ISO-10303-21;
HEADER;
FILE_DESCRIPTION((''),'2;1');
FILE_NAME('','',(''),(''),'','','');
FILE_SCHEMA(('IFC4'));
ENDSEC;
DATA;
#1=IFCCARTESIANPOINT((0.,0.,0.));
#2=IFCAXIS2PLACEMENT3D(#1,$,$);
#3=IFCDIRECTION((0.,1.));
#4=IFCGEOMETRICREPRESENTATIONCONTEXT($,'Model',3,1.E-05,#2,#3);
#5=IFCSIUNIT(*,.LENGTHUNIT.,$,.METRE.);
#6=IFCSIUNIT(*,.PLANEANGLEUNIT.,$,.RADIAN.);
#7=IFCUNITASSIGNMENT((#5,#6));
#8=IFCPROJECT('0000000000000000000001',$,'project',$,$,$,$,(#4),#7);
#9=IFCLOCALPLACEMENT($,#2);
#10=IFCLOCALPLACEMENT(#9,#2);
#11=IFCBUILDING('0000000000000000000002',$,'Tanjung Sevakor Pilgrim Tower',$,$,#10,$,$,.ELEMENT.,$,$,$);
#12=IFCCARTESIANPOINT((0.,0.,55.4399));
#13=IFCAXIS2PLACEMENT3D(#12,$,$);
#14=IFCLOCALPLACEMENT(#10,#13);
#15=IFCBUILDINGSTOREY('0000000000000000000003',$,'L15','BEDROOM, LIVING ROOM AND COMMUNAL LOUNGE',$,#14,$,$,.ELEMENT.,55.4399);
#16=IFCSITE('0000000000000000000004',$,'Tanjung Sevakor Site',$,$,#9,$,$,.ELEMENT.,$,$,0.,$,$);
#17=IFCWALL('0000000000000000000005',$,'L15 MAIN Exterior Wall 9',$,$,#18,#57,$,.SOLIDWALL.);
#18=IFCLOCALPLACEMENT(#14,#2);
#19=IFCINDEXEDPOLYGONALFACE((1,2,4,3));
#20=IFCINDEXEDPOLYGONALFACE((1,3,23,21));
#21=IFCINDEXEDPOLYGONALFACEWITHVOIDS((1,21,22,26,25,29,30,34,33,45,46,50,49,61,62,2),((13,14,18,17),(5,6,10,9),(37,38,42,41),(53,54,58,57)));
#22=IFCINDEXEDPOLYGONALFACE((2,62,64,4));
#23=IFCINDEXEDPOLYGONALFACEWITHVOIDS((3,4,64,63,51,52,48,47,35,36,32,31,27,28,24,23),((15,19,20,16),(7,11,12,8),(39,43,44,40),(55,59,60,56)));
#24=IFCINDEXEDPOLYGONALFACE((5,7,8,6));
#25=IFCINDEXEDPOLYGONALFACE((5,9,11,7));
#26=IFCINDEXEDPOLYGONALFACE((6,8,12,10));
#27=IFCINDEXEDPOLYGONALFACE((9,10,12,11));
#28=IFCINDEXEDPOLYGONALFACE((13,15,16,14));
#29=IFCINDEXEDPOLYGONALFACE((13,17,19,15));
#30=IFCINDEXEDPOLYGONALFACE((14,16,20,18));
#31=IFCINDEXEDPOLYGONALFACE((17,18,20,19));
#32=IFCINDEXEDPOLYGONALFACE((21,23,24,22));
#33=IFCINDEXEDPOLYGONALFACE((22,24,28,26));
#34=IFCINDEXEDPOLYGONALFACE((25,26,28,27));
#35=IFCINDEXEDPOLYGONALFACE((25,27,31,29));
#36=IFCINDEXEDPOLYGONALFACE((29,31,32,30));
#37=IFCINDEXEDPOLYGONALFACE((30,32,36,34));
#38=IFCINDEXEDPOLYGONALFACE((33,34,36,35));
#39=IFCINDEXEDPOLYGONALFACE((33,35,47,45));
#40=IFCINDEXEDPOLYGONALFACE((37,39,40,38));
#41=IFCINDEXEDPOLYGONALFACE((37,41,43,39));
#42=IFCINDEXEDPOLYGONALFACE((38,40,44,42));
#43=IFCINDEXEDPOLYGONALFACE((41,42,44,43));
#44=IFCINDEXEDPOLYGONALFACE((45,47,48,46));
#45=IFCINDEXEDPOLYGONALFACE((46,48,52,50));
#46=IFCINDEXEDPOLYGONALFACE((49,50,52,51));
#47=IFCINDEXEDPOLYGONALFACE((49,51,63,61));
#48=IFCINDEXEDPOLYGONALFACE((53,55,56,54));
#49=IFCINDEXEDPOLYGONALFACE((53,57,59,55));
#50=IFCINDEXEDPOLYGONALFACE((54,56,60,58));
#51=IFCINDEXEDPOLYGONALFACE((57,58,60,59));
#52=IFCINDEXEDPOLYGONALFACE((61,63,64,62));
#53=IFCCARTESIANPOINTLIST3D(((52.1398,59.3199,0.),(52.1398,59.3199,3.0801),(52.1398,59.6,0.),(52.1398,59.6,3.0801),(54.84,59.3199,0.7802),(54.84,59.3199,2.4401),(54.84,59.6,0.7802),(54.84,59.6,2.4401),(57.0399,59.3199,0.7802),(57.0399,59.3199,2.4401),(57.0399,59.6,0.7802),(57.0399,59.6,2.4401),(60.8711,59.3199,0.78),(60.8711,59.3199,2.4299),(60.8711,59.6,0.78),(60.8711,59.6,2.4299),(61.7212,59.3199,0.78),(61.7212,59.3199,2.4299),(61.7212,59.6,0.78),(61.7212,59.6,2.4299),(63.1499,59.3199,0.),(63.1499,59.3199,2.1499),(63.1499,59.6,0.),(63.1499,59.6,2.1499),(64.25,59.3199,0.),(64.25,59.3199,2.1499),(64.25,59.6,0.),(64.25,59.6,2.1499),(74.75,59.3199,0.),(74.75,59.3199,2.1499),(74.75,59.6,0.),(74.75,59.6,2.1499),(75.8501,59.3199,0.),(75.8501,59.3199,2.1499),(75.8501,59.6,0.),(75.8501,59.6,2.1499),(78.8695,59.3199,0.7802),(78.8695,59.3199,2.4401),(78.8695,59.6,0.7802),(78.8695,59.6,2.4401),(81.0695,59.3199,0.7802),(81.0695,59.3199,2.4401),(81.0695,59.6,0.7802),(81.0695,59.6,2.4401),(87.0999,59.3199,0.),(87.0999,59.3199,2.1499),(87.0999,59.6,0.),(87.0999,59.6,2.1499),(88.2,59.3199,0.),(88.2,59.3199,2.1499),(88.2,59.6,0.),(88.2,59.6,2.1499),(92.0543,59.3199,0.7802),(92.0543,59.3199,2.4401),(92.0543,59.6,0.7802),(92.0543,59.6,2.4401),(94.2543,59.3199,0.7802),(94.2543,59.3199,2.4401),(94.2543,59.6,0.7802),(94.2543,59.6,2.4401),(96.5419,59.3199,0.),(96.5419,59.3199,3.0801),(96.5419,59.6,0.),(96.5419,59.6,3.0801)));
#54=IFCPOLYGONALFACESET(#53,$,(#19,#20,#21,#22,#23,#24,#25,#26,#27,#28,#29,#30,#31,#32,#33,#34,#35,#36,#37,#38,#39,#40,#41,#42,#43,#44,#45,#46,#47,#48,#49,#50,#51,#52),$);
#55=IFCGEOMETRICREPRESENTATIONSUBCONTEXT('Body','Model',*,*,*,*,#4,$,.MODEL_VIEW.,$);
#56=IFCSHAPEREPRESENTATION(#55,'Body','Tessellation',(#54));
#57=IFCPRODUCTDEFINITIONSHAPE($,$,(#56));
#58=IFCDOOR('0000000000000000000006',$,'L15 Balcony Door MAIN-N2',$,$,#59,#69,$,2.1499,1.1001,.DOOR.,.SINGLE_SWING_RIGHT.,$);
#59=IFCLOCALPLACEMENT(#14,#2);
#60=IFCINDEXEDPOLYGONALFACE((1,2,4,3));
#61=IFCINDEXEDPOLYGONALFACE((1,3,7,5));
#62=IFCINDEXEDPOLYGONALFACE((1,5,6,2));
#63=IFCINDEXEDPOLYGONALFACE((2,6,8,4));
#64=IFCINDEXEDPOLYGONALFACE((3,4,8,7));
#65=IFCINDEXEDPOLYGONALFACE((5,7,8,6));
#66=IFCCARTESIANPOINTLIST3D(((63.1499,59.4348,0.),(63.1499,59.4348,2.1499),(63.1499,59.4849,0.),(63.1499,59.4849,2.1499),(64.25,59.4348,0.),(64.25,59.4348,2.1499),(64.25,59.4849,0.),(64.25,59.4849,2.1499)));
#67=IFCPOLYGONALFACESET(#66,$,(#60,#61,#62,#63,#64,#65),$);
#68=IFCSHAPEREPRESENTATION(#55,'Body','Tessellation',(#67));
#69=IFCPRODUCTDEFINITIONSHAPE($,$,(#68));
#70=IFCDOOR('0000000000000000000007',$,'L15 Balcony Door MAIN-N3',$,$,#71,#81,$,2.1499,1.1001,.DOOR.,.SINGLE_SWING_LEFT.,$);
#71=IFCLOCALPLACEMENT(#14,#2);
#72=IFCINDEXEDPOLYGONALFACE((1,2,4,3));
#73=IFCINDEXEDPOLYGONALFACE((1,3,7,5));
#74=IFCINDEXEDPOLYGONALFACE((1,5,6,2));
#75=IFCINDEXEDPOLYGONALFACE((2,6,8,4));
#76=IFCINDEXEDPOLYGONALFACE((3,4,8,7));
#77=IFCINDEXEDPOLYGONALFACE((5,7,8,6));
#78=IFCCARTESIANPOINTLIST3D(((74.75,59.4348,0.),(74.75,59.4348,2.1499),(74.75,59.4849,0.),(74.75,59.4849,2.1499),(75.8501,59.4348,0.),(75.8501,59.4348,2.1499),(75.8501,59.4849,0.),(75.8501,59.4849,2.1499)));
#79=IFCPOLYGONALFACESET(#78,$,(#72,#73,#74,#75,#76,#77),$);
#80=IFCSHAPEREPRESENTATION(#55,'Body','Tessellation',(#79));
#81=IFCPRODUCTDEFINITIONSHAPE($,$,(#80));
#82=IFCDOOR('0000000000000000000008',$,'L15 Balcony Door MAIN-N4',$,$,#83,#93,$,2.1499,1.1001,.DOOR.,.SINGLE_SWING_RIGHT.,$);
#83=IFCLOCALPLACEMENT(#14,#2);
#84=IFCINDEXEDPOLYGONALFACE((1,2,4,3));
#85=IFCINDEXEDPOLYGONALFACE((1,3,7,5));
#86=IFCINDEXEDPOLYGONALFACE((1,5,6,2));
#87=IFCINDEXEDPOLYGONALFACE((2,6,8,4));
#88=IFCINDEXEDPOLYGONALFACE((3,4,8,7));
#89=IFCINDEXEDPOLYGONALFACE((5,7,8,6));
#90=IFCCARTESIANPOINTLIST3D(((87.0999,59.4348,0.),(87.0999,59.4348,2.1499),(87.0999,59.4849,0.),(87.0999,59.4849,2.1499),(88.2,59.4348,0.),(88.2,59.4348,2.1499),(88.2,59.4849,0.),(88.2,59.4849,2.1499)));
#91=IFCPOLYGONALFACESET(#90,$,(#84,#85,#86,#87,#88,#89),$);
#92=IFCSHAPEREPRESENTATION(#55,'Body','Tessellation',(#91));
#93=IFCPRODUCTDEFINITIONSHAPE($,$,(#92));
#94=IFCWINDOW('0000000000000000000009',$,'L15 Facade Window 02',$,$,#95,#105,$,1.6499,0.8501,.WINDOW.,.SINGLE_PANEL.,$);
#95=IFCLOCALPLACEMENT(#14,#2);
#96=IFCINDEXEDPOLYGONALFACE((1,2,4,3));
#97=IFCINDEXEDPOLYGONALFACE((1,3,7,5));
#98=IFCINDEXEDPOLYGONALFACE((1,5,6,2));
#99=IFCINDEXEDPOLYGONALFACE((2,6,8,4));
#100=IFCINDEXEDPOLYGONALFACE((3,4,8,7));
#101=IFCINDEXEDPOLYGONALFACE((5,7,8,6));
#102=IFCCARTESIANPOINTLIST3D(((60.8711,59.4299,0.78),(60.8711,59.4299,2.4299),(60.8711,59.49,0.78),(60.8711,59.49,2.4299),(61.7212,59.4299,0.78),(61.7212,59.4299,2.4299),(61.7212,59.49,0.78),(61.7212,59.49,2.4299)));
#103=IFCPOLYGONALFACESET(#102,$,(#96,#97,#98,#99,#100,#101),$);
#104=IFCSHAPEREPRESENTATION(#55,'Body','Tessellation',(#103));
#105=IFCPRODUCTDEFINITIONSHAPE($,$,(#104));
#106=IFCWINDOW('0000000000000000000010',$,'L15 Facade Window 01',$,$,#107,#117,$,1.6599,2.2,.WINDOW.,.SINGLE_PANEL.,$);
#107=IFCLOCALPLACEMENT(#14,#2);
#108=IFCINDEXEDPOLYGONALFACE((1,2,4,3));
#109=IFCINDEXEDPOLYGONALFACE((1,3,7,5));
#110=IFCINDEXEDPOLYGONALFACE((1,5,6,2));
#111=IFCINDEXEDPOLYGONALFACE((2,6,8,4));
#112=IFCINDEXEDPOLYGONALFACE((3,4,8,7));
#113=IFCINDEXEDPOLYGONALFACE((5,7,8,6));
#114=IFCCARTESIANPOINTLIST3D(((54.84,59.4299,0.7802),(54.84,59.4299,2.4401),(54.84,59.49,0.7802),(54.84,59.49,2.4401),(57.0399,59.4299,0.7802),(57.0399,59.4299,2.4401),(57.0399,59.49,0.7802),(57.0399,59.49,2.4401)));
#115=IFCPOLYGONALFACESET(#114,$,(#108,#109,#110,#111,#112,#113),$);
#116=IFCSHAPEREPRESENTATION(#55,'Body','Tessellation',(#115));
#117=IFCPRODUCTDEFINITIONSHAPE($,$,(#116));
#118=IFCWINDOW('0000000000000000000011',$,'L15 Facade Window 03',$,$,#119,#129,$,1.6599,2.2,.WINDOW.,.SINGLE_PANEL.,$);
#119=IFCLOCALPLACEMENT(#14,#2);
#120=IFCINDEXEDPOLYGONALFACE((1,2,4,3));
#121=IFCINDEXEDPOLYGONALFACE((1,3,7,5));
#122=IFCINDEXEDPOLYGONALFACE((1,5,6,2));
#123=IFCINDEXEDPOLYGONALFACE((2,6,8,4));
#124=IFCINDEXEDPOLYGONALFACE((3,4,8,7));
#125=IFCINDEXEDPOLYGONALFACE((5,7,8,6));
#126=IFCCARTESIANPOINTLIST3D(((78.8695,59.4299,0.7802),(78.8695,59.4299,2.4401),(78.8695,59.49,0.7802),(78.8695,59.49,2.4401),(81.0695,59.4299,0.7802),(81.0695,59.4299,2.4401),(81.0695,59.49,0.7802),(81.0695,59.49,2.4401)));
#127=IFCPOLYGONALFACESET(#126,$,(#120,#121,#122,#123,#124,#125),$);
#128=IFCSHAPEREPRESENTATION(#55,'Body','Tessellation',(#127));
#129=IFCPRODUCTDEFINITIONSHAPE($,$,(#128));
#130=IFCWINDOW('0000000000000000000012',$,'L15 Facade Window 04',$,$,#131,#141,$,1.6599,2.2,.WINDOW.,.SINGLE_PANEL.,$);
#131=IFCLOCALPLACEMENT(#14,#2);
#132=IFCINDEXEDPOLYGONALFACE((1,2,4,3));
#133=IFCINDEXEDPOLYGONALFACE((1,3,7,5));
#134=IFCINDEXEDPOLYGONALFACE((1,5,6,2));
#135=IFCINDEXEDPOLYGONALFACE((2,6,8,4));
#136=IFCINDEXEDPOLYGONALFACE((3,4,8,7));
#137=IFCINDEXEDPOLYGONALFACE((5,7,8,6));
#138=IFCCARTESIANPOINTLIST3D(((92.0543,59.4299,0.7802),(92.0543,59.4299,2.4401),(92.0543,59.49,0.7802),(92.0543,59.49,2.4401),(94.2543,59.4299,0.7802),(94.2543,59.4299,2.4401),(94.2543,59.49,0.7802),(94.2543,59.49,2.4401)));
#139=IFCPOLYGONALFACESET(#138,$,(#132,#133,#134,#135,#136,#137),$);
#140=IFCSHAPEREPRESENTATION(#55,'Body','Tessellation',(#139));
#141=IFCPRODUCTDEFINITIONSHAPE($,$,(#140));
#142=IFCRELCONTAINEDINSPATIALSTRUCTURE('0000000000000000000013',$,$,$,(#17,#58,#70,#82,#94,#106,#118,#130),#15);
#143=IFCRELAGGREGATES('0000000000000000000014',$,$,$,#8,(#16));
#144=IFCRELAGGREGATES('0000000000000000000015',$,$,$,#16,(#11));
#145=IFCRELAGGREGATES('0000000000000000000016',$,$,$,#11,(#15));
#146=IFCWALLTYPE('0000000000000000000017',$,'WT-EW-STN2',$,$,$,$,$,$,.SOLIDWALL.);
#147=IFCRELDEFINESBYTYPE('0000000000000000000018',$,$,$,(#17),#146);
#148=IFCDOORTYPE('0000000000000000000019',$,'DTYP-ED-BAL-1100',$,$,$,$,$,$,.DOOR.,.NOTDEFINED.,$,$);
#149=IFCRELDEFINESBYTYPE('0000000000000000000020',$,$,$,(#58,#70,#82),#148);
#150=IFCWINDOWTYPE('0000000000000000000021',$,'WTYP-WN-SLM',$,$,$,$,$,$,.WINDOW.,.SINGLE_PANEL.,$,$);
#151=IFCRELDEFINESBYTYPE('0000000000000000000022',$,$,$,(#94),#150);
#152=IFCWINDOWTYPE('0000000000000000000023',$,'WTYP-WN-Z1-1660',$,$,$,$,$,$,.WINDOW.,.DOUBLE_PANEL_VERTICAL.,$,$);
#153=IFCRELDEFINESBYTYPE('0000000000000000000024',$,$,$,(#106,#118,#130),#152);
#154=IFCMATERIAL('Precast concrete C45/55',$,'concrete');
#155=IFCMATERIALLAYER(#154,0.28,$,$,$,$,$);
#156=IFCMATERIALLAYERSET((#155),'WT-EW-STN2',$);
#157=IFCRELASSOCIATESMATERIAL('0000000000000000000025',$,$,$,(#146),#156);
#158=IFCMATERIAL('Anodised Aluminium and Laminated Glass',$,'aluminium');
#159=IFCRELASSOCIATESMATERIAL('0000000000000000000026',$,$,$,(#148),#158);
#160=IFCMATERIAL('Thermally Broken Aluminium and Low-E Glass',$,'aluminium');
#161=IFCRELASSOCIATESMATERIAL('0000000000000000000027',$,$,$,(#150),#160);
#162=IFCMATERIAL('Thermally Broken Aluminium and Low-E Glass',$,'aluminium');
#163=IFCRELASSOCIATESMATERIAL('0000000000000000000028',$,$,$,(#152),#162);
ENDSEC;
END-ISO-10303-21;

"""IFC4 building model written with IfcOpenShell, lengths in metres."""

from ifc_helpers import new_model, si_unit, direction, frame, frame_2d, origin, place, context, subcontext, project, spatial, rectangle, extrude, material, layer, layer_set, type_object, element, fill, save


model = new_model("IFC4")

# Units and contexts
model_context = context("Model", 3, precision=1e-05, world=origin(), true_north=direction((0.0, 1.0)))
body_context = subcontext(model_context, "Body", "Model", "MODEL_VIEW")
ifc_project = project(units=[si_unit("LENGTHUNIT", "METRE"), si_unit("PLANEANGLEUNIT", "RADIAN")], contexts=[model_context])

# Site, building, storey
site_placement = place(None, origin())
site = spatial("IfcSite", under=ifc_project, at=site_placement, Name="Tanjung Sevakor Site", CompositionType="ELEMENT", RefElevation=0.0)
building_placement = place(site_placement, origin())
building = spatial("IfcBuilding", under=site, at=building_placement, Name="Tanjung Sevakor Pilgrim Tower", CompositionType="ELEMENT")
storey_placement = place(building_placement, frame((0.0, 0.0, 55.4399)))
storey = spatial("IfcBuildingStorey", under=building, at=storey_placement, Name="L15", Description="BEDROOM, LIVING ROOM AND COMMUNAL LOUNGE", CompositionType="ELEMENT", Elevation=55.4399)

# Wall, openings, doors, windows
ifc_material_1 = material(Name="Precast concrete C45/55", Category="concrete")
ifc_layer_1 = layer(ifc_material_1, 0.28)
ifc_layer_set_1 = layer_set([ifc_layer_1], Name="WT-EW-STN2")
wall_type_1 = type_object("IfcWallType", Name="WT-EW-STN2", PredefinedType="SOLIDWALL", material=ifc_layer_set_1)
wall_1_placement = place(storey_placement, frame((96.542, 59.46, 0.0), z_axis=(0.0, 0.0, 1.0), x_axis=(-1.0, 0.0, 0.0)))
wall_1 = element("IfcWall", 1, at=wall_1_placement, inside=storey, type_object=wall_type_1, Name="L15 MAIN Exterior Wall 9", PredefinedType="SOLIDWALL", context=body_context, shape_type="SweptSolid", body=[
    extrude(rectangle(XDim=44.4021, YDim=0.28, at=frame_2d((22.2012, 0.0))), origin(), (0.0, 0.0, 1.0), 3.0801),
])
opening_1_placement = place(wall_1_placement, frame((32.292, 0.0, 0.0)))
opening_1 = element("IfcOpeningElement", 2, at=opening_1_placement, cuts=wall_1, PredefinedType="OPENING", context=body_context, shape_type="SweptSolid", body=[
    extrude(rectangle(XDim=1.1001, YDim=2.1499, at=frame_2d((0.55, 1.075))), frame((0.0, 0.1499, 0.0), z_axis=(0.0, -1.0, 0.0), x_axis=(1.0, 0.0, 0.0)), (0.0, 0.0, 1.0), 0.3),
])
opening_2_placement = place(wall_1_placement, frame((20.6919, 0.0, 0.0)))
opening_2 = element("IfcOpeningElement", 3, at=opening_2_placement, cuts=wall_1, PredefinedType="OPENING", context=body_context, shape_type="SweptSolid", body=[
    extrude(rectangle(XDim=1.1001, YDim=2.1499, at=frame_2d((0.55, 1.075))), frame((0.0, 0.1499, 0.0), z_axis=(0.0, -1.0, 0.0), x_axis=(1.0, 0.0, 0.0)), (0.0, 0.0, 1.0), 0.3),
])
opening_3_placement = place(wall_1_placement, frame((8.342, 0.0, 0.0)))
opening_3 = element("IfcOpeningElement", 4, at=opening_3_placement, cuts=wall_1, PredefinedType="OPENING", context=body_context, shape_type="SweptSolid", body=[
    extrude(rectangle(XDim=1.1001, YDim=2.1499, at=frame_2d((0.55, 1.075))), frame((0.0, 0.1499, 0.0), z_axis=(0.0, -1.0, 0.0), x_axis=(1.0, 0.0, 0.0)), (0.0, 0.0, 1.0), 0.3),
])
opening_4_placement = place(wall_1_placement, frame((39.502, 0.0, 0.78)))
opening_4 = element("IfcOpeningElement", 5, at=opening_4_placement, cuts=wall_1, PredefinedType="OPENING", context=body_context, shape_type="SweptSolid", body=[
    extrude(rectangle(XDim=2.2, YDim=1.6599, at=frame_2d((1.1001, 0.8301))), frame((0.0, 0.1499, 0.0), z_axis=(0.0, -1.0, 0.0), x_axis=(1.0, 0.0, 0.0)), (0.0, 0.0, 1.0), 0.3),
])
opening_5_placement = place(wall_1_placement, frame((34.8208, 0.0, 0.78)))
opening_5 = element("IfcOpeningElement", 6, at=opening_5_placement, cuts=wall_1, PredefinedType="OPENING", context=body_context, shape_type="SweptSolid", body=[
    extrude(rectangle(XDim=0.8501, YDim=1.6499, at=frame_2d((0.425, 0.825))), frame((0.0, 0.1499, 0.0), z_axis=(0.0, -1.0, 0.0), x_axis=(1.0, 0.0, 0.0)), (0.0, 0.0, 1.0), 0.3),
])
opening_6_placement = place(wall_1_placement, frame((15.4724, 0.0, 0.78)))
opening_6 = element("IfcOpeningElement", 7, at=opening_6_placement, cuts=wall_1, PredefinedType="OPENING", context=body_context, shape_type="SweptSolid", body=[
    extrude(rectangle(XDim=2.2, YDim=1.6599, at=frame_2d((1.1001, 0.8301))), frame((0.0, 0.1499, 0.0), z_axis=(0.0, -1.0, 0.0), x_axis=(1.0, 0.0, 0.0)), (0.0, 0.0, 1.0), 0.3),
])
opening_7_placement = place(wall_1_placement, frame((2.2876, 0.0, 0.78)))
opening_7 = element("IfcOpeningElement", 8, at=opening_7_placement, cuts=wall_1, PredefinedType="OPENING", context=body_context, shape_type="SweptSolid", body=[
    extrude(rectangle(XDim=2.2, YDim=1.6599, at=frame_2d((1.1001, 0.8301))), frame((0.0, 0.1499, 0.0), z_axis=(0.0, -1.0, 0.0), x_axis=(1.0, 0.0, 0.0)), (0.0, 0.0, 1.0), 0.3),
])
ifc_material_2 = material(Name="Anodised Aluminium and Laminated Glass", Category="aluminium")
door_type_1 = type_object("IfcDoorType", Name="DTYP-ED-BAL-1100", OperationType="NOTDEFINED", PredefinedType="DOOR", material=ifc_material_2)
door_1_placement = place(opening_1_placement, frame((1.1001, 0.0, 0.0), z_axis=(0.0, 0.0, 1.0), x_axis=(-1.0, 0.0, 0.0)))
door_1 = element("IfcDoor", 9, at=door_1_placement, inside=storey, type_object=door_type_1, Name="L15 Balcony Door MAIN-N2", OperationType="SINGLE_SWING_RIGHT", OverallHeight=2.1499, OverallWidth=1.1001, PredefinedType="DOOR", context=body_context, shape_type="SweptSolid", body=[
    extrude(rectangle(XDim=1.1001, YDim=2.1499, at=frame_2d((0.55, 1.075))), frame((0.0, 0.0249, 0.0), z_axis=(0.0, -1.0, 0.0), x_axis=(1.0, 0.0, 0.0)), (0.0, 0.0, 1.0), 0.05),
])
fill(opening_1, door_1)
door_2_placement = place(opening_2_placement, frame((1.1001, 0.0, 0.0), z_axis=(0.0, 0.0, 1.0), x_axis=(-1.0, 0.0, 0.0)))
door_2 = element("IfcDoor", 10, at=door_2_placement, inside=storey, type_object=door_type_1, Name="L15 Balcony Door MAIN-N3", OperationType="SINGLE_SWING_LEFT", OverallHeight=2.1499, OverallWidth=1.1001, PredefinedType="DOOR", context=body_context, shape_type="SweptSolid", body=[
    extrude(rectangle(XDim=1.1001, YDim=2.1499, at=frame_2d((0.55, 1.075))), frame((0.0, 0.0249, 0.0), z_axis=(0.0, -1.0, 0.0), x_axis=(1.0, 0.0, 0.0)), (0.0, 0.0, 1.0), 0.05),
])
fill(opening_2, door_2)
door_3_placement = place(opening_3_placement, frame((1.1001, 0.0, 0.0), z_axis=(0.0, 0.0, 1.0), x_axis=(-1.0, 0.0, 0.0)))
door_3 = element("IfcDoor", 11, at=door_3_placement, inside=storey, type_object=door_type_1, Name="L15 Balcony Door MAIN-N4", OperationType="SINGLE_SWING_RIGHT", OverallHeight=2.1499, OverallWidth=1.1001, PredefinedType="DOOR", context=body_context, shape_type="SweptSolid", body=[
    extrude(rectangle(XDim=1.1001, YDim=2.1499, at=frame_2d((0.55, 1.075))), frame((0.0, 0.0249, 0.0), z_axis=(0.0, -1.0, 0.0), x_axis=(1.0, 0.0, 0.0)), (0.0, 0.0, 1.0), 0.05),
])
fill(opening_3, door_3)
ifc_material_3 = material(Name="Thermally Broken Aluminium and Low-E Glass", Category="aluminium")
window_type_1 = type_object("IfcWindowType", Name="WTYP-WN-SLM", PartitioningType="SINGLE_PANEL", PredefinedType="WINDOW", material=ifc_material_3)
window_1_placement = place(opening_5_placement, origin())
window_1 = element("IfcWindow", 12, at=window_1_placement, inside=storey, type_object=window_type_1, Name="L15 Facade Window 02", OverallHeight=1.6499, OverallWidth=0.8501, PartitioningType="SINGLE_PANEL", PredefinedType="WINDOW", context=body_context, shape_type="SweptSolid", body=[
    extrude(rectangle(XDim=0.8501, YDim=1.6499, at=frame_2d((0.425, 0.825))), frame((0.0, 0.03, 0.0), z_axis=(0.0, -1.0, 0.0), x_axis=(1.0, 0.0, 0.0)), (0.0, 0.0, 1.0), 0.0601),
])
fill(opening_5, window_1)
ifc_material_4 = material(Name="Thermally Broken Aluminium and Low-E Glass", Category="aluminium")
window_type_2 = type_object("IfcWindowType", Name="WTYP-WN-Z1-1660", PartitioningType="DOUBLE_PANEL_VERTICAL", PredefinedType="WINDOW", material=ifc_material_4)
window_2_placement = place(opening_4_placement, origin())
window_2 = element("IfcWindow", 13, at=window_2_placement, inside=storey, type_object=window_type_2, Name="L15 Facade Window 01", OverallHeight=1.6599, OverallWidth=2.2, PartitioningType="SINGLE_PANEL", PredefinedType="WINDOW", context=body_context, shape_type="SweptSolid", body=[
    extrude(rectangle(XDim=2.2, YDim=1.6599, at=frame_2d((1.1001, 0.8301))), frame((0.0, 0.03, 0.0), z_axis=(0.0, -1.0, 0.0), x_axis=(1.0, 0.0, 0.0)), (0.0, 0.0, 1.0), 0.0601),
])
fill(opening_4, window_2)
window_3_placement = place(opening_6_placement, origin())
window_3 = element("IfcWindow", 14, at=window_3_placement, inside=storey, type_object=window_type_2, Name="L15 Facade Window 03", OverallHeight=1.6599, OverallWidth=2.2, PartitioningType="SINGLE_PANEL", PredefinedType="WINDOW", context=body_context, shape_type="SweptSolid", body=[
    extrude(rectangle(XDim=2.2, YDim=1.6599, at=frame_2d((1.1001, 0.8301))), frame((0.0, 0.03, 0.0), z_axis=(0.0, -1.0, 0.0), x_axis=(1.0, 0.0, 0.0)), (0.0, 0.0, 1.0), 0.0601),
])
fill(opening_6, window_3)
window_4_placement = place(opening_7_placement, origin())
window_4 = element("IfcWindow", 15, at=window_4_placement, inside=storey, type_object=window_type_2, Name="L15 Facade Window 04", OverallHeight=1.6599, OverallWidth=2.2, PartitioningType="SINGLE_PANEL", PredefinedType="WINDOW", context=body_context, shape_type="SweptSolid", body=[
    extrude(rectangle(XDim=2.2, YDim=1.6599, at=frame_2d((1.1001, 0.8301))), frame((0.0, 0.03, 0.0), z_axis=(0.0, -1.0, 0.0), x_axis=(1.0, 0.0, 0.0)), (0.0, 0.0, 1.0), 0.0601),
])
fill(opening_7, window_4)

save(model, "model.ifc")
